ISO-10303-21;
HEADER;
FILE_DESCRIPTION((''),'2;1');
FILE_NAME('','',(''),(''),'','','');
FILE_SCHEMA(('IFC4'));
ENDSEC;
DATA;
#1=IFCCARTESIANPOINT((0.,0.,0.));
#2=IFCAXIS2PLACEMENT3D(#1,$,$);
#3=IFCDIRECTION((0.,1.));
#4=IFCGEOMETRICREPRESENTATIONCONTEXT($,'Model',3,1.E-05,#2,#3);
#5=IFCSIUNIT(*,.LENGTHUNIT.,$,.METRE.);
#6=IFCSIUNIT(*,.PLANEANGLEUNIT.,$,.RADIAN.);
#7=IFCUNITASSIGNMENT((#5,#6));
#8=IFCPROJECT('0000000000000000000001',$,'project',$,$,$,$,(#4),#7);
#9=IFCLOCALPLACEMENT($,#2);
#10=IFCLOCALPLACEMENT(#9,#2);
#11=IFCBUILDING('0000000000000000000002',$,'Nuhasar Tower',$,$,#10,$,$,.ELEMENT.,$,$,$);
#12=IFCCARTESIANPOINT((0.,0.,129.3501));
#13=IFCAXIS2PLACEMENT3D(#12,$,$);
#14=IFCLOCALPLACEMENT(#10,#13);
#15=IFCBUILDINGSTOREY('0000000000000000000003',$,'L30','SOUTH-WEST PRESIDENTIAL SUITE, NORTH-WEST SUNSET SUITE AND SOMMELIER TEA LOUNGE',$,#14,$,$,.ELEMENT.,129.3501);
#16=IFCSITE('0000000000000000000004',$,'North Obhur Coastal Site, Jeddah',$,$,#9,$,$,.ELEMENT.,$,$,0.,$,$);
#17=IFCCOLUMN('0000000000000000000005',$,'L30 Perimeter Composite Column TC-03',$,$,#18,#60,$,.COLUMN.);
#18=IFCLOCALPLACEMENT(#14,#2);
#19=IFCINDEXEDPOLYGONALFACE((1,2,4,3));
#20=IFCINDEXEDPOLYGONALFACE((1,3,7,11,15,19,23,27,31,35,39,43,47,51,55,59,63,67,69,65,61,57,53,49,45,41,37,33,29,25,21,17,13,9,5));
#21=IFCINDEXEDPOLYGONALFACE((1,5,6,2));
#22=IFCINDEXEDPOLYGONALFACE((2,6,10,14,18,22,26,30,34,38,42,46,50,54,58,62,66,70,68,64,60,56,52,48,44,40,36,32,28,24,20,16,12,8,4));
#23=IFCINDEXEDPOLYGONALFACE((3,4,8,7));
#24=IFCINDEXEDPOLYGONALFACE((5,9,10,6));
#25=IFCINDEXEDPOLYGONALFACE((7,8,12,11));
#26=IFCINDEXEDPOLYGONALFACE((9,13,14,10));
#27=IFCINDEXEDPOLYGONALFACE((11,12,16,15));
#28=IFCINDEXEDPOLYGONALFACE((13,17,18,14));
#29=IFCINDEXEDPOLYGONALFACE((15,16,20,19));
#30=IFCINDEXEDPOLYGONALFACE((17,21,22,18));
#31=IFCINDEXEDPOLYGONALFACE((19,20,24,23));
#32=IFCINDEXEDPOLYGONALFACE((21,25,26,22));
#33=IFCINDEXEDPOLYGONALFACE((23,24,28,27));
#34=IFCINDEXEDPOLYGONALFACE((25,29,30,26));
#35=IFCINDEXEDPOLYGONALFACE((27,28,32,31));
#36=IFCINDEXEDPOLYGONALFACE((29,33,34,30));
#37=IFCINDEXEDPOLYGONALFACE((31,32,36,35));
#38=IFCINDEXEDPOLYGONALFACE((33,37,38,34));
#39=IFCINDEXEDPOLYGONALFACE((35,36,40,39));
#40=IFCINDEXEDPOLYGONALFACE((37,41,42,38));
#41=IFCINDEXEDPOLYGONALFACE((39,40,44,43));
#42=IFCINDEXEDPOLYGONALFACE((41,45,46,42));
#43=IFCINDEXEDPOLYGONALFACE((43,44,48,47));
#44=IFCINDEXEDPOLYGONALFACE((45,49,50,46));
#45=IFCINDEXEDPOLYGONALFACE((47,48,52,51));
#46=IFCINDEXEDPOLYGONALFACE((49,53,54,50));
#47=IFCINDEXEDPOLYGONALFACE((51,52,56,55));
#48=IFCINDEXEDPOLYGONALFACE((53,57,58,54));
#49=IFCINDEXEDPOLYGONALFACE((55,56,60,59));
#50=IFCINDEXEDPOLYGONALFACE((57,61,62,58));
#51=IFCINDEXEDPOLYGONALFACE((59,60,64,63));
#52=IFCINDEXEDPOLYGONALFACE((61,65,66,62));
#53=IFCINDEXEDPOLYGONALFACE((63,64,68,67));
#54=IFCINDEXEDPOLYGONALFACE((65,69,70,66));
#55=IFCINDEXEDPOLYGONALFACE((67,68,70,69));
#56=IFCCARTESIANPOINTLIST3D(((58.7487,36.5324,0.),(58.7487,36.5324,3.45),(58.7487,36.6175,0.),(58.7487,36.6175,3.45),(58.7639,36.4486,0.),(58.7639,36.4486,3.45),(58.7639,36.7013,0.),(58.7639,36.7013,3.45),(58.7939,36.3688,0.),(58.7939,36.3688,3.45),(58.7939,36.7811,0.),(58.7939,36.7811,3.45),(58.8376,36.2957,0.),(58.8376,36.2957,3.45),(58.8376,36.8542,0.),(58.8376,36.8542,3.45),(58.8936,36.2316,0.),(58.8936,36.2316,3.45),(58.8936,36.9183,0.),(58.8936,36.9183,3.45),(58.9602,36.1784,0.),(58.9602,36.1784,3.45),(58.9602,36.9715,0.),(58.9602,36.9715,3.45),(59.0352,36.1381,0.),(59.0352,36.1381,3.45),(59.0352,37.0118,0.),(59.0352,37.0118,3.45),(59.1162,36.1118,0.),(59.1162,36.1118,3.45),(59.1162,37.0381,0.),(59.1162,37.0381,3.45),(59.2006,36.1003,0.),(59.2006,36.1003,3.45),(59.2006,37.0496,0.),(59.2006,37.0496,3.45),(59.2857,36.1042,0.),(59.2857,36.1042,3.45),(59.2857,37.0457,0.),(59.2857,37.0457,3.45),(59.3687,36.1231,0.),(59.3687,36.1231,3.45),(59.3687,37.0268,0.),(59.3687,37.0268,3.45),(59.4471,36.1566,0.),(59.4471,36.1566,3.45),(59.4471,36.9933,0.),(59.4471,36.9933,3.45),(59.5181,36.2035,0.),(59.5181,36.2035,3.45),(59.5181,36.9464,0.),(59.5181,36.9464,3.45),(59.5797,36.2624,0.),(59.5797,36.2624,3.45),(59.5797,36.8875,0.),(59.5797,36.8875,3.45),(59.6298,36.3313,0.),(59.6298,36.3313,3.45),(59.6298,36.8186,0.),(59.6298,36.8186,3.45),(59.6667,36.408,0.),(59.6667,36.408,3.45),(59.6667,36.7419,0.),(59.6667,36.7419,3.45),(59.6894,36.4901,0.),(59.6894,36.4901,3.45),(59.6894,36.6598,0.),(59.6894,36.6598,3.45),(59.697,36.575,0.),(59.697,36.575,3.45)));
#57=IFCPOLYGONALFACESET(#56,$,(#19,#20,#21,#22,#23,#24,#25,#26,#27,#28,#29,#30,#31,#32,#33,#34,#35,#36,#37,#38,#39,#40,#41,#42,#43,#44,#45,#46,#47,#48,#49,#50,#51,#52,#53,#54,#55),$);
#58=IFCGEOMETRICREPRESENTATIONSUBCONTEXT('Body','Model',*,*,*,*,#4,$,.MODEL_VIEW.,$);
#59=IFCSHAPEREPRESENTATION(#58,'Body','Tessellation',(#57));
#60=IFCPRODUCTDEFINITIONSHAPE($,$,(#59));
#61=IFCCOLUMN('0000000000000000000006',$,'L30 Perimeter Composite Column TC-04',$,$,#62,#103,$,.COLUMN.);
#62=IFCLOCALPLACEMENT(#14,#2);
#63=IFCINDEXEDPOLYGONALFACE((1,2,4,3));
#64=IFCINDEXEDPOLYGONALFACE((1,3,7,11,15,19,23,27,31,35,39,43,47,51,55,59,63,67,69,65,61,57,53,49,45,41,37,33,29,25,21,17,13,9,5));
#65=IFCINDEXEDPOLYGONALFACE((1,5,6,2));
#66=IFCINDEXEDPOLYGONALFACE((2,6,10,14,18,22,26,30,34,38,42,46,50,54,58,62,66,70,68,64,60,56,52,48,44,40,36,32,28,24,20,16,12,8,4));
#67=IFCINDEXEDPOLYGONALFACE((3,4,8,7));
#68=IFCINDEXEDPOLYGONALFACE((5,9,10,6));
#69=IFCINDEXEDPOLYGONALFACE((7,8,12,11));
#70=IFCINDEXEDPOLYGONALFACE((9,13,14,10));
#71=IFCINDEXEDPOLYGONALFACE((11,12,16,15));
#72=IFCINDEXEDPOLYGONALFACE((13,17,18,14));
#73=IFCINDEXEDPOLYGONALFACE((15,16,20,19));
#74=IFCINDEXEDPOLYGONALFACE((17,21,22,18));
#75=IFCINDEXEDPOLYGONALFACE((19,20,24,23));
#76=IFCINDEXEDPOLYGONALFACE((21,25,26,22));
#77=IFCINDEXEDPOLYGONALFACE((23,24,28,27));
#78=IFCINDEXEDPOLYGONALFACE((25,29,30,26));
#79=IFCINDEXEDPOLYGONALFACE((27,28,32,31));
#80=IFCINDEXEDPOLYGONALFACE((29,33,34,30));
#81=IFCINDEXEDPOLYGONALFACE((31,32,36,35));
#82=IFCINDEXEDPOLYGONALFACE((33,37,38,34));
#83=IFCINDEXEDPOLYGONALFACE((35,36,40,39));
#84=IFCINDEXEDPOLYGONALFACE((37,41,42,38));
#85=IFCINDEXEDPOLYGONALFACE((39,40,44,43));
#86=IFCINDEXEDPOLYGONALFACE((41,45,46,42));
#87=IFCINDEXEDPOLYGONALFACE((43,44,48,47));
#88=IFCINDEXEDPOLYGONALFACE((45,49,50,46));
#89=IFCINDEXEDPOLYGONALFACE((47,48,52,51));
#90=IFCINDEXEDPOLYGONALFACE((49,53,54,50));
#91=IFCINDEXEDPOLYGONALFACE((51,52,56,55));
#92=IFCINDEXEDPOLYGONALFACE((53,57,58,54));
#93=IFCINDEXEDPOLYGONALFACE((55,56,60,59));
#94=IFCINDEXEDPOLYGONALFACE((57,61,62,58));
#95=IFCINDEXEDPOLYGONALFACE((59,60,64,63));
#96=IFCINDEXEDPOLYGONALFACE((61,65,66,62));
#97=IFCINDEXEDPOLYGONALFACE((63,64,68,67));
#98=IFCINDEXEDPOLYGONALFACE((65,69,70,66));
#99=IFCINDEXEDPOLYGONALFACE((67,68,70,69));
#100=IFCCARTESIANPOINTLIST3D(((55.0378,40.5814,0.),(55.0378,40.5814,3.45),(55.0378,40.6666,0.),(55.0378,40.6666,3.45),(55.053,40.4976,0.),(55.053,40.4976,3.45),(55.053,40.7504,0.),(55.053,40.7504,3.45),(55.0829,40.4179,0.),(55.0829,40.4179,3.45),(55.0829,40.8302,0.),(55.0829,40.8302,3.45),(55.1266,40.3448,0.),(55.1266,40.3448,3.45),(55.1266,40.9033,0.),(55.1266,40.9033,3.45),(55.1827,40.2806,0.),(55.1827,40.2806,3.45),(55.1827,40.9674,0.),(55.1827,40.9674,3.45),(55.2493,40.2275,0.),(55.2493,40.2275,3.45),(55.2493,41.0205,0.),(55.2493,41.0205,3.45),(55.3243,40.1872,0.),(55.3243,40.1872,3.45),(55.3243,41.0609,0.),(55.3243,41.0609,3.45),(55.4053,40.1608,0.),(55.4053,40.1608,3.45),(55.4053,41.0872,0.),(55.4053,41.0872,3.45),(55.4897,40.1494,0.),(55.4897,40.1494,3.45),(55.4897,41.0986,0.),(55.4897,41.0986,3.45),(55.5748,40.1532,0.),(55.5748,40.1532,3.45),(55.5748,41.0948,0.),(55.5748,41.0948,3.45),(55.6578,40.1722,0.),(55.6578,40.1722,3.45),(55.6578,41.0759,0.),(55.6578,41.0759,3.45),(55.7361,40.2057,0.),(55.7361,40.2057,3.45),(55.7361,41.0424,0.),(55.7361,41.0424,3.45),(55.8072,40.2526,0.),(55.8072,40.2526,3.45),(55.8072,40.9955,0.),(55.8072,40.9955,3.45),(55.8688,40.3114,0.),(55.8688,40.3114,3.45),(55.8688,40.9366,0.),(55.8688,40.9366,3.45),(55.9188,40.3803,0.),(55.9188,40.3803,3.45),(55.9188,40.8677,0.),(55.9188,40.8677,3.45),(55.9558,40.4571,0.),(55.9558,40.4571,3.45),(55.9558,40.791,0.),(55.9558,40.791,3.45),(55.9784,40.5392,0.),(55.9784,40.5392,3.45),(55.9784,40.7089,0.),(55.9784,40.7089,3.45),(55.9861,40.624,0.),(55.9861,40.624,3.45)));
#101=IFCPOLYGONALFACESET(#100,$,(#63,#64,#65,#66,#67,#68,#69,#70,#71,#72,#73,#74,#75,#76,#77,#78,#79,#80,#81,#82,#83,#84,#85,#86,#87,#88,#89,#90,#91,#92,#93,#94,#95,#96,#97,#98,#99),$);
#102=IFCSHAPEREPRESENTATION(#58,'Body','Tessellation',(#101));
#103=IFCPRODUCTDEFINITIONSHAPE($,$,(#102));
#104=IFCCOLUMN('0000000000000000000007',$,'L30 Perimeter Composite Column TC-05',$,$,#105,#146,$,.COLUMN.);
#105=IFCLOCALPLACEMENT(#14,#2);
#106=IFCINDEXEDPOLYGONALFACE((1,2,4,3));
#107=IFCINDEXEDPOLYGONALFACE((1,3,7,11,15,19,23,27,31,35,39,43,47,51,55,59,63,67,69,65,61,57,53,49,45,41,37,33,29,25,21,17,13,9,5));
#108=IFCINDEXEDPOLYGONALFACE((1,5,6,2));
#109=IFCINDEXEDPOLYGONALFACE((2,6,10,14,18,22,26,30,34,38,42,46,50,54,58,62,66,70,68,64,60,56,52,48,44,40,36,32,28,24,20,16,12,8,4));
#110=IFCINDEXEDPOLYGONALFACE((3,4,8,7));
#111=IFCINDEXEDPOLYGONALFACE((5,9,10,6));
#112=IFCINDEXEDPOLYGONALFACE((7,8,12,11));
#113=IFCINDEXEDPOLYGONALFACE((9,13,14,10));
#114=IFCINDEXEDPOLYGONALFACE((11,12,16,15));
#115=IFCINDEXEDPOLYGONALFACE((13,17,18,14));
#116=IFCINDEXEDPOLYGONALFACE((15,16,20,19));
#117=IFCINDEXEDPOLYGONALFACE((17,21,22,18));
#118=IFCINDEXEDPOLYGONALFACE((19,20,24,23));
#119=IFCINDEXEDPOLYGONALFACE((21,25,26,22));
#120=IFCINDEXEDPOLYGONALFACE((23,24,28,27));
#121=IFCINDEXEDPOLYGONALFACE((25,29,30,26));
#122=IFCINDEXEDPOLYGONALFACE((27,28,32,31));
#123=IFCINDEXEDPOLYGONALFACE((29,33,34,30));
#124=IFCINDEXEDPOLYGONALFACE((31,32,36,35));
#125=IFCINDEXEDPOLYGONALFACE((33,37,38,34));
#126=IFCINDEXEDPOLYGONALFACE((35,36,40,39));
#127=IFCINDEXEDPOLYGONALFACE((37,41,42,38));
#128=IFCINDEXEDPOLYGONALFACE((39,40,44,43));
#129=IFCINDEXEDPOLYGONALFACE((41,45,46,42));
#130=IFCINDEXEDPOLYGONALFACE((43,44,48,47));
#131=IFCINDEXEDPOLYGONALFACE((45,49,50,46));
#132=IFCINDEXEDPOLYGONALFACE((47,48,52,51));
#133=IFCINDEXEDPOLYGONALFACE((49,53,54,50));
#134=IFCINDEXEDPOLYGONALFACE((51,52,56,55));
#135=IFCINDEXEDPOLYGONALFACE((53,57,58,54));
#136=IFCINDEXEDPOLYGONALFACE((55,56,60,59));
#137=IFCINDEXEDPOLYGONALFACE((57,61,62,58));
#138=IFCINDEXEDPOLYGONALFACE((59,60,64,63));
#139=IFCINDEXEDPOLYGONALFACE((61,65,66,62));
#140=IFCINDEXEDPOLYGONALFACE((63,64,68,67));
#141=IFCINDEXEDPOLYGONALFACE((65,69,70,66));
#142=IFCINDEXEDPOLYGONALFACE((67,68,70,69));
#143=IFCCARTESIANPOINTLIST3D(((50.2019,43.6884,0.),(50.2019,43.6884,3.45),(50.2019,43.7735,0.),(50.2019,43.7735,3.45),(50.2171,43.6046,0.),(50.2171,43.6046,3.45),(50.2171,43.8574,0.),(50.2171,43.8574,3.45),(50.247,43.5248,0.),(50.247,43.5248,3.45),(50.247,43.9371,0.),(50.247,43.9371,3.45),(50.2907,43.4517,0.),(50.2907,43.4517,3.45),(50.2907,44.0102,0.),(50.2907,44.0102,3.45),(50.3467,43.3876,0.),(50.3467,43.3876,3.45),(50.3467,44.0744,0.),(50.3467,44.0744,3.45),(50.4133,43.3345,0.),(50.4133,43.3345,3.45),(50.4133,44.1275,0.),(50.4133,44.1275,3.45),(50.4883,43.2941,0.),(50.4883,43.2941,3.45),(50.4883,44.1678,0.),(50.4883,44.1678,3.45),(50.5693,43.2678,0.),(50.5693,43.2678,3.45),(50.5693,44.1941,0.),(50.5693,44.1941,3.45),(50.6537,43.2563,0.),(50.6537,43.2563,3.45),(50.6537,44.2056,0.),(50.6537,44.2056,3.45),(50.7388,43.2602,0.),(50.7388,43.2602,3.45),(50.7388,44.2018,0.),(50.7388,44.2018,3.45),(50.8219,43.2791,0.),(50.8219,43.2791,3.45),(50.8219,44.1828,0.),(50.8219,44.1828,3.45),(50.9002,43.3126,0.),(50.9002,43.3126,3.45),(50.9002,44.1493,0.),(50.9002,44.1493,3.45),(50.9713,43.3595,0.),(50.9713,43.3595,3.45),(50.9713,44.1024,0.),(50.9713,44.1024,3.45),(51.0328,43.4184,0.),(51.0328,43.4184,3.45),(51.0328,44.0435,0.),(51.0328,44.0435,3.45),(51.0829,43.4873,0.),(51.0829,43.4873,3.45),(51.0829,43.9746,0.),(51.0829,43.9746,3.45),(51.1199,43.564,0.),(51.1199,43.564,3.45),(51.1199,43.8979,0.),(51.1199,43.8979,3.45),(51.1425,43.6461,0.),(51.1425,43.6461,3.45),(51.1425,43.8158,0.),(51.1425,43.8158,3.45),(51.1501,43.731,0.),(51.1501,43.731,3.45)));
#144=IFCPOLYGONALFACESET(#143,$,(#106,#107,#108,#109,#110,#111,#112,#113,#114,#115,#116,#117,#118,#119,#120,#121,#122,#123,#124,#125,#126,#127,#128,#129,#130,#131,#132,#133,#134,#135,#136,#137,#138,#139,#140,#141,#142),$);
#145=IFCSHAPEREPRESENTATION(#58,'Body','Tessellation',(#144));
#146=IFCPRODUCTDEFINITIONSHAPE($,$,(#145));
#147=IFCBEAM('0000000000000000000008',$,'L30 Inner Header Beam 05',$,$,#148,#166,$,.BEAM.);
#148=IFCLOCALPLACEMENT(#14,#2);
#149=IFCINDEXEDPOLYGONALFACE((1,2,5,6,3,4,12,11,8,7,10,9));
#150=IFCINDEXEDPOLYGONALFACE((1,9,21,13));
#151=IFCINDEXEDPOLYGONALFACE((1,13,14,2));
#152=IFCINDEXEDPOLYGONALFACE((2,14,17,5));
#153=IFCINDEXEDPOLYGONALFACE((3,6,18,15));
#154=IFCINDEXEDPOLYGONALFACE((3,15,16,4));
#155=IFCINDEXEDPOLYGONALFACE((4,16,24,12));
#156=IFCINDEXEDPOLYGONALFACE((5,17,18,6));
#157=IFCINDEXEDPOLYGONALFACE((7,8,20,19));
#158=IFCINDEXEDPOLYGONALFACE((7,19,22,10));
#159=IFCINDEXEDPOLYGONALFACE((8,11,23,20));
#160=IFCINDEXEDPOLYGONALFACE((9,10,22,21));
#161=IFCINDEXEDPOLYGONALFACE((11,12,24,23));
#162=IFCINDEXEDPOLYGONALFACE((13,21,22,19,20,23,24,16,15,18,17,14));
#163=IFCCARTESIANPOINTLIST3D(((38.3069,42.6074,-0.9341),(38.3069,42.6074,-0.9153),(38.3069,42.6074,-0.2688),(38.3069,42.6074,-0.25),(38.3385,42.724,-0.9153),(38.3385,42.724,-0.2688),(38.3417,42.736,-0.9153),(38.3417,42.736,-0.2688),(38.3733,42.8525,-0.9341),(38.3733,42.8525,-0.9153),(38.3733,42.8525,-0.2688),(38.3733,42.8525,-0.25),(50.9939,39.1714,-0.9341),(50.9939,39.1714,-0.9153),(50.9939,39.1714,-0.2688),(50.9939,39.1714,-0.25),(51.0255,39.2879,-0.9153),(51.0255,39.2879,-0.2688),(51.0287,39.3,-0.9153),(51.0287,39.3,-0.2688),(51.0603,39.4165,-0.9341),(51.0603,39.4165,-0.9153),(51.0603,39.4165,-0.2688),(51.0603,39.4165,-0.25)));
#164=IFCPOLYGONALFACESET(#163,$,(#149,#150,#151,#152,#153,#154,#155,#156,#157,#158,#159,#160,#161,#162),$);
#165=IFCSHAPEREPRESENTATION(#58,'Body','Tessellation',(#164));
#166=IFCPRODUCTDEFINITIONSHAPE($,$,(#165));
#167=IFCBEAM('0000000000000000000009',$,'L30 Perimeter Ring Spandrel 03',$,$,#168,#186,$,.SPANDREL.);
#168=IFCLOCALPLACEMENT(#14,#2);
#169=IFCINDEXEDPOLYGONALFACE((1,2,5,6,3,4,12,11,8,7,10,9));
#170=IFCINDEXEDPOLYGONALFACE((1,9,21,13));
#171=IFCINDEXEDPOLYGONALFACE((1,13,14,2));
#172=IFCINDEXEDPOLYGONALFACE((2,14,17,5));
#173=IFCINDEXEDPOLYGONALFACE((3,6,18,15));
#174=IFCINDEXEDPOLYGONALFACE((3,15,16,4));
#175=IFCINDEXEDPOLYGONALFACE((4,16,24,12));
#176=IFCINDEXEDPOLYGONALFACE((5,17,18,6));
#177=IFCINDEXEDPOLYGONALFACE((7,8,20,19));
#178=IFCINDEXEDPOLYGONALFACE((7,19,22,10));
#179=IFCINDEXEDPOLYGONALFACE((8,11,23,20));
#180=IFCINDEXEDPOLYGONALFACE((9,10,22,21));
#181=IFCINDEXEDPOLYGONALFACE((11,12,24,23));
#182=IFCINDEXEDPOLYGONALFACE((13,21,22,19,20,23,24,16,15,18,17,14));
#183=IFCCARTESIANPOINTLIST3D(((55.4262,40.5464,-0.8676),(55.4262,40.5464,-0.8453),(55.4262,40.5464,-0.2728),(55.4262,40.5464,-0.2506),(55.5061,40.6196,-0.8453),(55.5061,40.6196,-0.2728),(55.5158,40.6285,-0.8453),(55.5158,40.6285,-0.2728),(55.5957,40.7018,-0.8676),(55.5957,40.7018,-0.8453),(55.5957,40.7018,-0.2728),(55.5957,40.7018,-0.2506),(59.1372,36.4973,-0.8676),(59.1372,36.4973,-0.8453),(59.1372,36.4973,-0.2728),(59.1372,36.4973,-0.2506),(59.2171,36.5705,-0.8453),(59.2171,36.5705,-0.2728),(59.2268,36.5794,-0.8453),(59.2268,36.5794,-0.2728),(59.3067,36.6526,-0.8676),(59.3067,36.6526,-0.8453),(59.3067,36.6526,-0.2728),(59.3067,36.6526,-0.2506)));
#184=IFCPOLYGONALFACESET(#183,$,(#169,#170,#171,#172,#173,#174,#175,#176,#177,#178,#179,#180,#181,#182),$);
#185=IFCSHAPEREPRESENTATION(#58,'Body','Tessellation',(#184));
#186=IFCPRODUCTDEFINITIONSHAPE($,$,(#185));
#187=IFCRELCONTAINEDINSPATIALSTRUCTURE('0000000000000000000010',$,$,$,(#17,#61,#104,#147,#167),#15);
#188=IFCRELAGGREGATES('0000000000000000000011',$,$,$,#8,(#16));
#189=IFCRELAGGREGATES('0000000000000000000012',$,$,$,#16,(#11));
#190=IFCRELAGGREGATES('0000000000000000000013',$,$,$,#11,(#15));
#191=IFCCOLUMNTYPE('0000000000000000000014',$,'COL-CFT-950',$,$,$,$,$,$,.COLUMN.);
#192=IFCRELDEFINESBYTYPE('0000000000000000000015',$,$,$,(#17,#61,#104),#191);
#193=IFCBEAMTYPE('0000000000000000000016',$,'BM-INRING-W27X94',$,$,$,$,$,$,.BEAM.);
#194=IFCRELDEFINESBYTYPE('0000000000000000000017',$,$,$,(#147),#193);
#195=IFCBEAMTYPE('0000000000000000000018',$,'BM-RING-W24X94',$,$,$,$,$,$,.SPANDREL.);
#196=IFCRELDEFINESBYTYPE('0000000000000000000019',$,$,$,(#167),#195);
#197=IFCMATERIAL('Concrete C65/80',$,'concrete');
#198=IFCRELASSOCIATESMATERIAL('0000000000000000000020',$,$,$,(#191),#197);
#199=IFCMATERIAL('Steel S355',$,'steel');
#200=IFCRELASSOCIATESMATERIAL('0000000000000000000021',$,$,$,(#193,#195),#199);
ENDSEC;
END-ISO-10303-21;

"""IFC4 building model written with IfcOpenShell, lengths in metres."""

from ifc_helpers import new_model, si_unit, direction, frame, origin, origin_2d, place, context, subcontext, project, spatial, circle, i_section, extrude, material, material_profile, profile_set, type_object, element, save


model = new_model("IFC4")

# Units and contexts
model_context = context("Model", 3, precision=1e-05, world=origin(), true_north=direction((0.0, 1.0)))
body_context = subcontext(model_context, "Body", "Model", "MODEL_VIEW")
ifc_project = project(units=[si_unit("LENGTHUNIT", "METRE"), si_unit("PLANEANGLEUNIT", "RADIAN")], contexts=[model_context])

# Site, building, storey
site_placement = place(None, origin())
site = spatial("IfcSite", under=ifc_project, at=site_placement, Name="North Obhur Coastal Site, Jeddah", CompositionType="ELEMENT", RefElevation=0.0)
building_placement = place(site_placement, origin())
building = spatial("IfcBuilding", under=site, at=building_placement, Name="Nuhasar Tower", CompositionType="ELEMENT")
storey_placement = place(building_placement, frame((0.0, 0.0, 129.3501)))
storey = spatial("IfcBuildingStorey", under=building, at=storey_placement, Name="L30", Description="SOUTH-WEST PRESIDENTIAL SUITE, NORTH-WEST SUNSET SUITE AND SOMMELIER TEA LOUNGE", CompositionType="ELEMENT", Elevation=129.3501)

# Columns
ifc_material_1 = material(Name="Concrete C65/80", Category="concrete")
ifc_material_profile_1 = material_profile(ifc_material_1, circle(Radius=0.4751, at=origin_2d()), Name="CFT950")
ifc_profile_set_1 = profile_set([ifc_material_profile_1], Name="Concrete C65/80")
column_type = type_object("IfcColumnType", Name="COL-CFT-950", PredefinedType="COLUMN", material=ifc_profile_set_1)
for number, where, z_axis, x_axis, name in (
    (1, (59.2219, 36.575, 0.0), (0.0, 0.0, 1.0), (1.0, 0.0, 0.0), "L30 Perimeter Composite Column TC-03"),
    (2, (55.511, 40.624, 0.0), (0.0, 0.0, 1.0), (1.0, 0.0, 0.0), "L30 Perimeter Composite Column TC-04"),
    (3, (50.675, 43.731, 0.0), (0.0, 0.0, 1.0), (1.0, 0.0, 0.0), "L30 Perimeter Composite Column TC-05"),
):
    element("IfcColumn", number, at=place(storey_placement, frame(where, z_axis=z_axis, x_axis=x_axis)), inside=storey, type_object=column_type, Name=name, PredefinedType="COLUMN", context=body_context, shape_type="SweptSolid", body=[
        extrude(circle(Radius=0.4751, at=origin_2d()), origin(), (0.0, 0.0, 1.0), 3.45),
    ])

# Beams
ifc_material_2 = material(Name="Steel S355", Category="steel")
ifc_material_profile_2 = material_profile(ifc_material_2, i_section(OverallWidth=0.2539, OverallDepth=0.6841, WebThickness=0.0125, FlangeThickness=0.0188, at=origin_2d()), Name="W27X94")
ifc_profile_set_2 = profile_set([ifc_material_profile_2], Name="Steel S355")
beam_type_1 = type_object("IfcBeamType", Name="BM-INRING-W27X94", PredefinedType="BEAM", material=ifc_profile_set_2)
beam_1_placement = place(storey_placement, frame((51.0271, 39.2939, -0.592), z_axis=(-0.965227, 0.261413, 0.0), x_axis=(-0.261413, -0.965227, 0.0)))
element("IfcBeam", 4, at=beam_1_placement, inside=storey, type_object=beam_type_1, Name="L30 Inner Header Beam 05", PredefinedType="BEAM", context=body_context, shape_type="SweptSolid", body=[
    extrude(i_section(OverallWidth=0.2539, OverallDepth=0.6841, WebThickness=0.0125, FlangeThickness=0.0188, at=origin_2d()), origin(), (0.0, 0.0, 1.0), 13.144),
])
ifc_material_profile_3 = material_profile(ifc_material_2, i_section(OverallWidth=0.23, OverallDepth=0.6169, WebThickness=0.0132, FlangeThickness=0.0222, at=origin_2d()), Name="W24X94")
ifc_profile_set_3 = profile_set([ifc_material_profile_3], Name="Steel S355")
beam_type_2 = type_object("IfcBeamType", Name="BM-RING-W24X94", PredefinedType="SPANDREL", material=ifc_profile_set_3)
beam_2_placement = place(storey_placement, frame((59.2219, 36.575, -0.5591), z_axis=(-0.675654, 0.737219, 0.0), x_axis=(-0.737219, -0.675654, 0.0)))
element("IfcBeam", 5, at=beam_2_placement, inside=storey, type_object=beam_type_2, Name="L30 Perimeter Ring Spandrel 03", PredefinedType="SPANDREL", context=body_context, shape_type="SweptSolid", body=[
    extrude(i_section(OverallWidth=0.23, OverallDepth=0.6169, WebThickness=0.0132, FlangeThickness=0.0222, at=origin_2d()), origin(), (0.0, 0.0, 1.0), 5.4924),
])

save(model, "model.ifc")
